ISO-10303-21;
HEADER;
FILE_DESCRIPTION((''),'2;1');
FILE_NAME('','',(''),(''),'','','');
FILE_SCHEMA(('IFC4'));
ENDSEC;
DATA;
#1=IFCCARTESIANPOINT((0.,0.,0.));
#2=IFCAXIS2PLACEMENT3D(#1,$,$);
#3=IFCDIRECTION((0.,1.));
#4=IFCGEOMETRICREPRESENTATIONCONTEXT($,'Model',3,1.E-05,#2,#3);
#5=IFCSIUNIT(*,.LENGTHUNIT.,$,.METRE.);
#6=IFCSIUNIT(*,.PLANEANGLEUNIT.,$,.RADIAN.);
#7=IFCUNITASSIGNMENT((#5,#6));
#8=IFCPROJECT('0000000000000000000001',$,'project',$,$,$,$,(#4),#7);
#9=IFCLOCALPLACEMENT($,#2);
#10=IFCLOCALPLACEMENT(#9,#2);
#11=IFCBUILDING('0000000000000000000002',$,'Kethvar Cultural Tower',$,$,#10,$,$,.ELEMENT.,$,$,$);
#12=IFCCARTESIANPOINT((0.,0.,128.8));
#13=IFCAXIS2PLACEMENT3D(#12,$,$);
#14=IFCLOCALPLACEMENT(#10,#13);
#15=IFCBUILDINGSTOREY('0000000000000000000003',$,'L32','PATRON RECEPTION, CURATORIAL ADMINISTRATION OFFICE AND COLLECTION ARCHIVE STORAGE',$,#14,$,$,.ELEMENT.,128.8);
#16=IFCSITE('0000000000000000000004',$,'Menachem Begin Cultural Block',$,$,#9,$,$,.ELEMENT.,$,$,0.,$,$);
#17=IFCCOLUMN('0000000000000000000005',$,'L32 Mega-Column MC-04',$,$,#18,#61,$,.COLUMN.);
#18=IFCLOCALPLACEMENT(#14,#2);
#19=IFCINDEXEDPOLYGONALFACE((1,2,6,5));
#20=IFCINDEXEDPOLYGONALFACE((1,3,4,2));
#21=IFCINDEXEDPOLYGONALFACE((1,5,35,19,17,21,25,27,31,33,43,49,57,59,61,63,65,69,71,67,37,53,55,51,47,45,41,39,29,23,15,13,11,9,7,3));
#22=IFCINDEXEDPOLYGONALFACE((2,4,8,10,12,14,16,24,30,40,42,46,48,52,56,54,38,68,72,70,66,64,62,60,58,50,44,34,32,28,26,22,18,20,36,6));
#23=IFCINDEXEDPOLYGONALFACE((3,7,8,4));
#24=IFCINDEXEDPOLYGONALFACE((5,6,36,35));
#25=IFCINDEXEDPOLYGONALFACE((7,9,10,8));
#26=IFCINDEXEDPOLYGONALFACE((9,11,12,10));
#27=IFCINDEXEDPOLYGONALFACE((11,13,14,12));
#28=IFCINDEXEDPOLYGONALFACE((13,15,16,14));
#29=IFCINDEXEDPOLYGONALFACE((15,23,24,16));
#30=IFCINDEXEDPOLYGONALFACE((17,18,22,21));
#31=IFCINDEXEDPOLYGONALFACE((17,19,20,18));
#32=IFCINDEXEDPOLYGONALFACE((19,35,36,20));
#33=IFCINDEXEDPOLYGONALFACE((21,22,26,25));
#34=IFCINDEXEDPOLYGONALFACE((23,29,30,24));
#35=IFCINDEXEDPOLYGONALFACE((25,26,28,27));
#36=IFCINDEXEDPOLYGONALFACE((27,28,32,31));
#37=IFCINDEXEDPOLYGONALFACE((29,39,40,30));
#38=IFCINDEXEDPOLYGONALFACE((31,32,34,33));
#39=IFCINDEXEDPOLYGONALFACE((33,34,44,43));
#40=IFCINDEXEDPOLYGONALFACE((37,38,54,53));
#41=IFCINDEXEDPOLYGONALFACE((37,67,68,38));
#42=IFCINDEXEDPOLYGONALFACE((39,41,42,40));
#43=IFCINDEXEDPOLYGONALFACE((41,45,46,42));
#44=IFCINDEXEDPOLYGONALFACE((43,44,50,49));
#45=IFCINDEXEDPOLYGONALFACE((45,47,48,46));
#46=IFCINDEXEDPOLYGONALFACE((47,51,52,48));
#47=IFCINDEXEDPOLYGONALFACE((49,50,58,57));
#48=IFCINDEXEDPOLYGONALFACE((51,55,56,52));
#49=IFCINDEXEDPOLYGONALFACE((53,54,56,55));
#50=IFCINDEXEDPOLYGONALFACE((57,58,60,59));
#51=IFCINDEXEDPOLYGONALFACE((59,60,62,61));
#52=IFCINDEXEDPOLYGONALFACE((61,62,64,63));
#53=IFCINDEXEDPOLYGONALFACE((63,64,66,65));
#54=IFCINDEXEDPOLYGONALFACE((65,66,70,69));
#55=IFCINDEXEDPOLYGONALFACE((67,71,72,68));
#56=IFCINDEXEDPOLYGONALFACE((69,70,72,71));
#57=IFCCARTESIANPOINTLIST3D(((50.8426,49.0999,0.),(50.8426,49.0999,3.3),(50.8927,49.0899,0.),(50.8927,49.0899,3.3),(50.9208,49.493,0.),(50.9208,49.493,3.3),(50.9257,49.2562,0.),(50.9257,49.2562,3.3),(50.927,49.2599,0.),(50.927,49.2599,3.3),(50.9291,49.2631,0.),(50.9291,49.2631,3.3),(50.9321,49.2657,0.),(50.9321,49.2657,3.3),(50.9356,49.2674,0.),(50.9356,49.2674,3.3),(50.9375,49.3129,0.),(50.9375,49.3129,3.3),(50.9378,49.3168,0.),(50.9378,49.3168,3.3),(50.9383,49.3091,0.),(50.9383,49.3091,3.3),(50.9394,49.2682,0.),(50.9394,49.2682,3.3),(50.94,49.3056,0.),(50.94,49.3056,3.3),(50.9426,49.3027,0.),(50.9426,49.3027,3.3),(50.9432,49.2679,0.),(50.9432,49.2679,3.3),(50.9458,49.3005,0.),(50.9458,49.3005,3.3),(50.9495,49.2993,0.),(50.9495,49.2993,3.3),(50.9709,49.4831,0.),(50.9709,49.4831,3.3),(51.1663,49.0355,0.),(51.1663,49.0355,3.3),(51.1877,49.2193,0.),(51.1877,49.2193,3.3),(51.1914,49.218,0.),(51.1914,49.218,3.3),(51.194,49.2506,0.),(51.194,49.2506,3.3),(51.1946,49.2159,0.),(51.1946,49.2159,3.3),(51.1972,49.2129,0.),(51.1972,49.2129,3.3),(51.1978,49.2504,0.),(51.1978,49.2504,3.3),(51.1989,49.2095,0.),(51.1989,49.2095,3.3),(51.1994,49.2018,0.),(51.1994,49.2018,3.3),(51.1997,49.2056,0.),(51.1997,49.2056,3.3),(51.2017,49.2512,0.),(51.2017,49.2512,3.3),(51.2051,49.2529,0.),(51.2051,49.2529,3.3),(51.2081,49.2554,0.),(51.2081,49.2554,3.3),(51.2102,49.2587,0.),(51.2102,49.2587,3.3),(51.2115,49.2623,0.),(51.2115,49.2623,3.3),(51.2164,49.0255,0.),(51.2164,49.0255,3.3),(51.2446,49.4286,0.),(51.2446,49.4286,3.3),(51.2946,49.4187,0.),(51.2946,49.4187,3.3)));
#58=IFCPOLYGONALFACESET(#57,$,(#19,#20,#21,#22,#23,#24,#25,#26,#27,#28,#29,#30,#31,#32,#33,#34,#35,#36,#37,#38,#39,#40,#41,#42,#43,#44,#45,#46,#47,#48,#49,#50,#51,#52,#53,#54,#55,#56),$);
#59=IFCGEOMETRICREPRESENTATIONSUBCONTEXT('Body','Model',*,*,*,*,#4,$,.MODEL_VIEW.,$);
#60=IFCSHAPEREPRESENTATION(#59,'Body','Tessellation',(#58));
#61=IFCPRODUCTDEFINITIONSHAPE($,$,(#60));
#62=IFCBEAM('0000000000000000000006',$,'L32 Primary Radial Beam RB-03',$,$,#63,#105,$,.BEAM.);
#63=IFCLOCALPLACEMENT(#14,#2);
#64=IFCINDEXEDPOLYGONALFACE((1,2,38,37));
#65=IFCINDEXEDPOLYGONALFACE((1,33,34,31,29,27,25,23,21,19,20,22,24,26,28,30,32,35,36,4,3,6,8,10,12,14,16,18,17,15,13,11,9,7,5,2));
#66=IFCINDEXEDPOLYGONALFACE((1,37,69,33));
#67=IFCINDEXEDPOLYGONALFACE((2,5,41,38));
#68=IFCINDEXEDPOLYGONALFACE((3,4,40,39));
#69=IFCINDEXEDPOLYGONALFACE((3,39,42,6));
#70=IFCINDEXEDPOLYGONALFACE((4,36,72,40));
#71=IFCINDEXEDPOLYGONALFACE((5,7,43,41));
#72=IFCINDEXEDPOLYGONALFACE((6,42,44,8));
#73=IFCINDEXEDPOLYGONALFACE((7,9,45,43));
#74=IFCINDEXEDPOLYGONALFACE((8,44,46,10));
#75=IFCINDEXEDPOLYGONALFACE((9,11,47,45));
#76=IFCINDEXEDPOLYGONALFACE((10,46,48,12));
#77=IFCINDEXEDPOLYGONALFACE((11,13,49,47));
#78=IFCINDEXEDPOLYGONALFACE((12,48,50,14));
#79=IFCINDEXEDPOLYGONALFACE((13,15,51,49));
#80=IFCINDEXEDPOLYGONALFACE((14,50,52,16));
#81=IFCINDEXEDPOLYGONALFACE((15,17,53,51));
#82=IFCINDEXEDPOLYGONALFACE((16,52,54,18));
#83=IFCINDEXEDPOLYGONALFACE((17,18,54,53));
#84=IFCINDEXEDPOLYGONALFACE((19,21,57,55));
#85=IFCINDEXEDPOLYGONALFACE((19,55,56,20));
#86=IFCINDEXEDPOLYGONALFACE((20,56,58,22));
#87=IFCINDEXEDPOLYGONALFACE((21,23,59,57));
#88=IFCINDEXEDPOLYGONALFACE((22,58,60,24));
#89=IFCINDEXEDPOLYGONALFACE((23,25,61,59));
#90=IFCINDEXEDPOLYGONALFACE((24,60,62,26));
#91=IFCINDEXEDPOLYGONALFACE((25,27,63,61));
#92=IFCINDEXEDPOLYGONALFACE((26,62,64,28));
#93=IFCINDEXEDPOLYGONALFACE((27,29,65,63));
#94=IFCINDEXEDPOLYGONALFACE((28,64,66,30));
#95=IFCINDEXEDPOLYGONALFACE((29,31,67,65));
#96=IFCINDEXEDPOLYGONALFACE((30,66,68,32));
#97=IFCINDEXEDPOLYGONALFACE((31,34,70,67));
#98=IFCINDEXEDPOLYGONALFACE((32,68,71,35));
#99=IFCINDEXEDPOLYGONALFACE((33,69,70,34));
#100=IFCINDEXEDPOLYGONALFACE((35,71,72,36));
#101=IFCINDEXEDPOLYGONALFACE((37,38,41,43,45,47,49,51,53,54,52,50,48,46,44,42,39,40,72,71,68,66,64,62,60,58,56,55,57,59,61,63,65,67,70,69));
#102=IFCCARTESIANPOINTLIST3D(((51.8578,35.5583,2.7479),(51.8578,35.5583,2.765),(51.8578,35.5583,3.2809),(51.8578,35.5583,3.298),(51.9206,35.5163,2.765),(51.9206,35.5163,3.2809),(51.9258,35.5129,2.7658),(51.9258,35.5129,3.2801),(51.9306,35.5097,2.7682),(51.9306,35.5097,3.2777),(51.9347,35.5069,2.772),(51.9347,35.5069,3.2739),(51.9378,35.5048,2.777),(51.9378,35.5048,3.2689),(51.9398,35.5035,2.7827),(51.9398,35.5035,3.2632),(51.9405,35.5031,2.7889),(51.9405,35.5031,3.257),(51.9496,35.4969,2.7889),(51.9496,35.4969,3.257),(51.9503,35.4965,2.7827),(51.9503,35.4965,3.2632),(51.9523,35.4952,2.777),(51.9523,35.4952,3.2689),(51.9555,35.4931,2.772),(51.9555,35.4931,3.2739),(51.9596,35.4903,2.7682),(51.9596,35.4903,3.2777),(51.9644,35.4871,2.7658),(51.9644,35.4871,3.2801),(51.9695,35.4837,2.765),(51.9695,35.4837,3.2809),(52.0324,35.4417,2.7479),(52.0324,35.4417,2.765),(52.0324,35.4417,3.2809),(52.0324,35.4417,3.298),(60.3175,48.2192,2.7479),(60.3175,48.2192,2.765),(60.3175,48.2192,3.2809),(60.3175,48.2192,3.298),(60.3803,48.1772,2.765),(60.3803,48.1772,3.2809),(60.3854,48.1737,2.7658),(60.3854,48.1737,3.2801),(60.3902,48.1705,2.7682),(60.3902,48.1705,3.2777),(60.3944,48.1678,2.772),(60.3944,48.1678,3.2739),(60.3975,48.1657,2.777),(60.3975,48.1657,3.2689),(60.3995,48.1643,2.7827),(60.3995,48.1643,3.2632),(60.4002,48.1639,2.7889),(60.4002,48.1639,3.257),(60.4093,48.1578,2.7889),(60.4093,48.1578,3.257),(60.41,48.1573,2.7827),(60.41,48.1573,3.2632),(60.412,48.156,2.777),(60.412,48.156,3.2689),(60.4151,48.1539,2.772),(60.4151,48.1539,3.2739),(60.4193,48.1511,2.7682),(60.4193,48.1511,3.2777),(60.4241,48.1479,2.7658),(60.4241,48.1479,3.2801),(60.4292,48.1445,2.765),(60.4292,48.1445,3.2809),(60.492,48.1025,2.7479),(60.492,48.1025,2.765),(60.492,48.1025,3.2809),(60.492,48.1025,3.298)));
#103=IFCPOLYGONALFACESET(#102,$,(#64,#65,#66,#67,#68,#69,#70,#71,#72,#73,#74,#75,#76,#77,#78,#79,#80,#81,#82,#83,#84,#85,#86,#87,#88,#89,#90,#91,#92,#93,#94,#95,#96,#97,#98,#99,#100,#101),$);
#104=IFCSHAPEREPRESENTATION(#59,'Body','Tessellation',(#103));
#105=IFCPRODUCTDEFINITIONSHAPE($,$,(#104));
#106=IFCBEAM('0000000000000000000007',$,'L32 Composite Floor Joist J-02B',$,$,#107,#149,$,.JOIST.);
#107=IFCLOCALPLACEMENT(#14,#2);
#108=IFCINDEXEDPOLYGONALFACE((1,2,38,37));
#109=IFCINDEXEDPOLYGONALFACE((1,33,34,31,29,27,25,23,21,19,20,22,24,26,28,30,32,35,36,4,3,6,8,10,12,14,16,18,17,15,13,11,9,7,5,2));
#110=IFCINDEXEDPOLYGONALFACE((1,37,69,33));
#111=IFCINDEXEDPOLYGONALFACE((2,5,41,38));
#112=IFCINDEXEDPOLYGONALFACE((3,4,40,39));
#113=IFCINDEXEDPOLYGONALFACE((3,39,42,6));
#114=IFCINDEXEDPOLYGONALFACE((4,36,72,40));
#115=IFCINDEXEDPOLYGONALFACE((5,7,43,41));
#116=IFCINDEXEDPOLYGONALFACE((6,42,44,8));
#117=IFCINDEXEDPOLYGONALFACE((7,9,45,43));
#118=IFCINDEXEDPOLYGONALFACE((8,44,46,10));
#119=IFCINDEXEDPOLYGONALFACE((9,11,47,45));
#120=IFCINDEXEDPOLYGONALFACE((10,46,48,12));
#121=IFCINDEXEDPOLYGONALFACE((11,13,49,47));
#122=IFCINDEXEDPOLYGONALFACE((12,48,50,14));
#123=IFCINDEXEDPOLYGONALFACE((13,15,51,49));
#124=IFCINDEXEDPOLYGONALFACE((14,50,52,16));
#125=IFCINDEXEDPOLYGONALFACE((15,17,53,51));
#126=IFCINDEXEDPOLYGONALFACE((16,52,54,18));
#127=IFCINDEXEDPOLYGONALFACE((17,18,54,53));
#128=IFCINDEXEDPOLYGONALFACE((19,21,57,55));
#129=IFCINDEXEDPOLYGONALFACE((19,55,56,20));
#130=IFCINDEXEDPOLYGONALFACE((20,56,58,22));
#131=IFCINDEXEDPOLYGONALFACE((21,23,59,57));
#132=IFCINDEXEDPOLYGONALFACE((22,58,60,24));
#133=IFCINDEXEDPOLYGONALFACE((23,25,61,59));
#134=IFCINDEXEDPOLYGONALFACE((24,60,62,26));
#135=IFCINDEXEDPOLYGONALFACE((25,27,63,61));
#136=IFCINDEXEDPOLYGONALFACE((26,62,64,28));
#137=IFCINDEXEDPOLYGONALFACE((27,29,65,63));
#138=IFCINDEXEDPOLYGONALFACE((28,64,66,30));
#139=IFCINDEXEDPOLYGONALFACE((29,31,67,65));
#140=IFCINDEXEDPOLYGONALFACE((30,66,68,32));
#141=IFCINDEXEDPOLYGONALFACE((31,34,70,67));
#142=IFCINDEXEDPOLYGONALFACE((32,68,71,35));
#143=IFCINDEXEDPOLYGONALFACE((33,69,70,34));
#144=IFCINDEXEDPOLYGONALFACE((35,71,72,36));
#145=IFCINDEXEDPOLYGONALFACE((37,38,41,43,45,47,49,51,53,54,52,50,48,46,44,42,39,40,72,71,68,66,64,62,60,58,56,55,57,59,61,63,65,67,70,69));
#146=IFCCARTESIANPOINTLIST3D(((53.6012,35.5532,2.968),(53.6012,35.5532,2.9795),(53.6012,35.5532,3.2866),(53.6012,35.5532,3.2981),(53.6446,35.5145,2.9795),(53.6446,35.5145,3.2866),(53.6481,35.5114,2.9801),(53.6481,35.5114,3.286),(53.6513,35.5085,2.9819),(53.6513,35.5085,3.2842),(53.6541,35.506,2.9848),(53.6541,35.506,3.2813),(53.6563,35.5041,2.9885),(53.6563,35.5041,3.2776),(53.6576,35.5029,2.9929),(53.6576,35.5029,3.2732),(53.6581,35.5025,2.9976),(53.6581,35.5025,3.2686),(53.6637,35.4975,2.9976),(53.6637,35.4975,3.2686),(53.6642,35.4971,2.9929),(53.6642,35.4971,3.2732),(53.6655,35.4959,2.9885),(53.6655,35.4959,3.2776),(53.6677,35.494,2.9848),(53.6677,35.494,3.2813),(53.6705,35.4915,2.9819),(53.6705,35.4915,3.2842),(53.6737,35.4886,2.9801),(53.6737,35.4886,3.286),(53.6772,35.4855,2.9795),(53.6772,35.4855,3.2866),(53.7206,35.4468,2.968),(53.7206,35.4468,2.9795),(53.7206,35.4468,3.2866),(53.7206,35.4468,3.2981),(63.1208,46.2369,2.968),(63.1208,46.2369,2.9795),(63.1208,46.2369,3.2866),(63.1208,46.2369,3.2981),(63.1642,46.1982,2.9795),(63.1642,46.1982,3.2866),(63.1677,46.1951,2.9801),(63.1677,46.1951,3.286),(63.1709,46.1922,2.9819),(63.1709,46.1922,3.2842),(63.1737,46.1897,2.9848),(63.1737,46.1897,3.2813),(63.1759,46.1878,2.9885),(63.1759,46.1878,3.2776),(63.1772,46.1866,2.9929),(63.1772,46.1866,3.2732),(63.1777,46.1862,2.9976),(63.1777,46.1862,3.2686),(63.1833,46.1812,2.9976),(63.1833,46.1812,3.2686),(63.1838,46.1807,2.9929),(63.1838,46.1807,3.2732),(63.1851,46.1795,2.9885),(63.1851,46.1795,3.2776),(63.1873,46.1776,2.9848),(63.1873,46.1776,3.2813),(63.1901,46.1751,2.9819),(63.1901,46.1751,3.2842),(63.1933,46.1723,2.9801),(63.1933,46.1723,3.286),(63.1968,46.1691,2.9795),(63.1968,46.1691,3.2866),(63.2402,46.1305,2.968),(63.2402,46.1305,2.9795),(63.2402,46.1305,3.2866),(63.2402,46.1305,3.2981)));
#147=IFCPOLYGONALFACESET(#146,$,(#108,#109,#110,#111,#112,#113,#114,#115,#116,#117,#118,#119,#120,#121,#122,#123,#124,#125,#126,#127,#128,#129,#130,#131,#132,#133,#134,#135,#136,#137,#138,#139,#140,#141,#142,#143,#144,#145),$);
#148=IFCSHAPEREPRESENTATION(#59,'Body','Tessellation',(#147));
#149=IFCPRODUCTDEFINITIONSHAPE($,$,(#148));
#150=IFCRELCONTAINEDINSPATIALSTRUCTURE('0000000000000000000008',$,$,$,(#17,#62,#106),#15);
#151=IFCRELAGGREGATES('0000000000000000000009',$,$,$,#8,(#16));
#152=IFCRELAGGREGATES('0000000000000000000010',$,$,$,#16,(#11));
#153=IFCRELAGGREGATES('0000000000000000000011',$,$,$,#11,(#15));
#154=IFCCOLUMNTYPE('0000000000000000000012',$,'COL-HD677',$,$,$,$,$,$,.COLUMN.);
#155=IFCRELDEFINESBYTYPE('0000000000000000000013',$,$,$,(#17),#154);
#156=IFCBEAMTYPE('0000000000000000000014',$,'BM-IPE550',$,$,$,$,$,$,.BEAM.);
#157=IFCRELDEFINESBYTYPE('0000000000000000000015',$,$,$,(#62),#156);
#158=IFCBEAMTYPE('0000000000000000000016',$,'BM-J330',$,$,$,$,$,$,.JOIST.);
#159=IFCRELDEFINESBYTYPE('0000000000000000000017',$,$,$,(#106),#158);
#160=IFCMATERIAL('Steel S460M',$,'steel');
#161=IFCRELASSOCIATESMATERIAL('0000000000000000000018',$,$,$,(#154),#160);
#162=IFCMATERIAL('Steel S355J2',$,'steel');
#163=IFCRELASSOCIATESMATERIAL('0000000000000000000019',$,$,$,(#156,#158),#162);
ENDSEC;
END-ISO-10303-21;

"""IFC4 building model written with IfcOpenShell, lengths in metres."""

from ifc_helpers import new_model, si_unit, direction, frame, origin, origin_2d, place, context, subcontext, project, spatial, i_section, extrude, source, transform, mapped, material, material_profile, profile_set, type_object, element, save


model = new_model("IFC4")

# Units and contexts
model_context = context("Model", 3, precision=1e-05, world=origin(), true_north=direction((0.0, 1.0)))
body_context = subcontext(model_context, "Body", "Model", "MODEL_VIEW")
ifc_project = project(units=[si_unit("LENGTHUNIT", "METRE"), si_unit("PLANEANGLEUNIT", "RADIAN")], contexts=[model_context])

# Site, building, storey
site_placement = place(None, origin())
site = spatial("IfcSite", under=ifc_project, at=site_placement, Name="Menachem Begin Cultural Block", CompositionType="ELEMENT", RefElevation=0.0)
building_placement = place(site_placement, origin())
building = spatial("IfcBuilding", under=site, at=building_placement, Name="Kethvar Cultural Tower", CompositionType="ELEMENT")
storey_placement = place(building_placement, frame((0.0, 0.0, 128.8)))
storey = spatial("IfcBuildingStorey", under=building, at=storey_placement, Name="L32", Description="PATRON RECEPTION, CURATORIAL ADMINISTRATION OFFICE AND COLLECTION ARCHIVE STORAGE", CompositionType="ELEMENT", Elevation=128.8)

# Column
ifc_material_1 = material(Name="Steel S460M", Category="steel")
ifc_material_profile_1 = material_profile(ifc_material_1, i_section(OverallWidth=0.4009, OverallDepth=0.3811, WebThickness=0.032, FlangeThickness=0.051, FilletRadius=0.0149, at=origin_2d()), Name="Steel S460M — HD400x677")
ifc_profile_set_1 = profile_set([ifc_material_profile_1], Name="Steel S460M — HD400x677")
column_type = type_object("IfcColumnType", Name="COL-HD677", PredefinedType="COLUMN", material=ifc_profile_set_1)
shared_shape_1 = source(origin(), body_context, "Body", "SweptSolid", [
    extrude(i_section(OverallWidth=0.4009, OverallDepth=0.3811, WebThickness=0.032, FlangeThickness=0.051, FilletRadius=0.0149, at=origin_2d()), origin(), (0.0, 0.0, 1.0), 3.3),
])
column_placement = place(storey_placement, frame((51.0686, 49.2593, 0.0), z_axis=(0.0, 0.0, 1.0), x_axis=(0.19509, 0.980785, 0.0)))
element("IfcColumn", 1, at=column_placement, inside=storey, type_object=column_type, Name="L32 Mega-Column MC-04", PredefinedType="COLUMN", context=body_context, shape_type="MappedRepresentation", body=[
    mapped(shared_shape_1, transform((0.0, 0.0, 0.0), scale=1.0)),
])

# Beams
ifc_material_2 = material(Name="Steel S355J2", Category="steel")
ifc_material_profile_2 = material_profile(ifc_material_2, i_section(OverallWidth=0.21, OverallDepth=0.55, WebThickness=0.011, FlangeThickness=0.0171, FilletRadius=0.0239, at=origin_2d()), Name="Steel S355J2 — IPE550")
ifc_profile_set_2 = profile_set([ifc_material_profile_2], Name="Steel S355J2 — IPE550")
beam_type_1 = type_object("IfcBeamType", Name="BM-IPE550", PredefinedType="BEAM", material=ifc_profile_set_2)
shared_shape_2 = source(origin(), body_context, "Body", "SweptSolid", [
    extrude(i_section(OverallWidth=0.21, OverallDepth=0.55, WebThickness=0.011, FlangeThickness=0.0171, FilletRadius=0.0239, at=origin_2d()), origin(), (0.0, 0.0, 1.0), 15.2271),
])
beam_1_placement = place(storey_placement, frame((51.9451, 35.5, 3.0229), z_axis=(0.555569, 0.83147, 0.0), x_axis=(-0.83147, 0.555569, 0.0)))
element("IfcBeam", 2, at=beam_1_placement, inside=storey, type_object=beam_type_1, Name="L32 Primary Radial Beam RB-03", PredefinedType="BEAM", context=body_context, shape_type="MappedRepresentation", body=[
    mapped(shared_shape_2, transform((0.0, 0.0, 0.0), scale=1.0)),
])
ifc_material_profile_3 = material_profile(ifc_material_2, i_section(OverallWidth=0.1599, OverallDepth=0.3301, WebThickness=0.0076, FlangeThickness=0.0115, FilletRadius=0.0181, at=origin_2d()), Name="Steel S355J2 — IPE330")
ifc_profile_set_3 = profile_set([ifc_material_profile_3], Name="Steel S355J2 — IPE330")
beam_type_2 = type_object("IfcBeamType", Name="BM-J330", PredefinedType="JOIST", material=ifc_profile_set_3)
shared_shape_3 = source(origin(), body_context, "Body", "SweptSolid", [
    extrude(i_section(OverallWidth=0.1599, OverallDepth=0.3301, WebThickness=0.0076, FlangeThickness=0.0115, FilletRadius=0.0181, at=origin_2d()), origin(), (0.0, 0.0, 1.0), 14.3096),
])
beam_2_placement = place(storey_placement, frame((53.6609, 35.5, 3.1331), z_axis=(0.665261, 0.746611, 0.0), x_axis=(-0.746611, 0.665261, 0.0)))
element("IfcBeam", 3, at=beam_2_placement, inside=storey, type_object=beam_type_2, Name="L32 Composite Floor Joist J-02B", PredefinedType="JOIST", context=body_context, shape_type="MappedRepresentation", body=[
    mapped(shared_shape_3, transform((0.0, 0.0, 0.0), scale=1.0)),
])

save(model, "model.ifc")
